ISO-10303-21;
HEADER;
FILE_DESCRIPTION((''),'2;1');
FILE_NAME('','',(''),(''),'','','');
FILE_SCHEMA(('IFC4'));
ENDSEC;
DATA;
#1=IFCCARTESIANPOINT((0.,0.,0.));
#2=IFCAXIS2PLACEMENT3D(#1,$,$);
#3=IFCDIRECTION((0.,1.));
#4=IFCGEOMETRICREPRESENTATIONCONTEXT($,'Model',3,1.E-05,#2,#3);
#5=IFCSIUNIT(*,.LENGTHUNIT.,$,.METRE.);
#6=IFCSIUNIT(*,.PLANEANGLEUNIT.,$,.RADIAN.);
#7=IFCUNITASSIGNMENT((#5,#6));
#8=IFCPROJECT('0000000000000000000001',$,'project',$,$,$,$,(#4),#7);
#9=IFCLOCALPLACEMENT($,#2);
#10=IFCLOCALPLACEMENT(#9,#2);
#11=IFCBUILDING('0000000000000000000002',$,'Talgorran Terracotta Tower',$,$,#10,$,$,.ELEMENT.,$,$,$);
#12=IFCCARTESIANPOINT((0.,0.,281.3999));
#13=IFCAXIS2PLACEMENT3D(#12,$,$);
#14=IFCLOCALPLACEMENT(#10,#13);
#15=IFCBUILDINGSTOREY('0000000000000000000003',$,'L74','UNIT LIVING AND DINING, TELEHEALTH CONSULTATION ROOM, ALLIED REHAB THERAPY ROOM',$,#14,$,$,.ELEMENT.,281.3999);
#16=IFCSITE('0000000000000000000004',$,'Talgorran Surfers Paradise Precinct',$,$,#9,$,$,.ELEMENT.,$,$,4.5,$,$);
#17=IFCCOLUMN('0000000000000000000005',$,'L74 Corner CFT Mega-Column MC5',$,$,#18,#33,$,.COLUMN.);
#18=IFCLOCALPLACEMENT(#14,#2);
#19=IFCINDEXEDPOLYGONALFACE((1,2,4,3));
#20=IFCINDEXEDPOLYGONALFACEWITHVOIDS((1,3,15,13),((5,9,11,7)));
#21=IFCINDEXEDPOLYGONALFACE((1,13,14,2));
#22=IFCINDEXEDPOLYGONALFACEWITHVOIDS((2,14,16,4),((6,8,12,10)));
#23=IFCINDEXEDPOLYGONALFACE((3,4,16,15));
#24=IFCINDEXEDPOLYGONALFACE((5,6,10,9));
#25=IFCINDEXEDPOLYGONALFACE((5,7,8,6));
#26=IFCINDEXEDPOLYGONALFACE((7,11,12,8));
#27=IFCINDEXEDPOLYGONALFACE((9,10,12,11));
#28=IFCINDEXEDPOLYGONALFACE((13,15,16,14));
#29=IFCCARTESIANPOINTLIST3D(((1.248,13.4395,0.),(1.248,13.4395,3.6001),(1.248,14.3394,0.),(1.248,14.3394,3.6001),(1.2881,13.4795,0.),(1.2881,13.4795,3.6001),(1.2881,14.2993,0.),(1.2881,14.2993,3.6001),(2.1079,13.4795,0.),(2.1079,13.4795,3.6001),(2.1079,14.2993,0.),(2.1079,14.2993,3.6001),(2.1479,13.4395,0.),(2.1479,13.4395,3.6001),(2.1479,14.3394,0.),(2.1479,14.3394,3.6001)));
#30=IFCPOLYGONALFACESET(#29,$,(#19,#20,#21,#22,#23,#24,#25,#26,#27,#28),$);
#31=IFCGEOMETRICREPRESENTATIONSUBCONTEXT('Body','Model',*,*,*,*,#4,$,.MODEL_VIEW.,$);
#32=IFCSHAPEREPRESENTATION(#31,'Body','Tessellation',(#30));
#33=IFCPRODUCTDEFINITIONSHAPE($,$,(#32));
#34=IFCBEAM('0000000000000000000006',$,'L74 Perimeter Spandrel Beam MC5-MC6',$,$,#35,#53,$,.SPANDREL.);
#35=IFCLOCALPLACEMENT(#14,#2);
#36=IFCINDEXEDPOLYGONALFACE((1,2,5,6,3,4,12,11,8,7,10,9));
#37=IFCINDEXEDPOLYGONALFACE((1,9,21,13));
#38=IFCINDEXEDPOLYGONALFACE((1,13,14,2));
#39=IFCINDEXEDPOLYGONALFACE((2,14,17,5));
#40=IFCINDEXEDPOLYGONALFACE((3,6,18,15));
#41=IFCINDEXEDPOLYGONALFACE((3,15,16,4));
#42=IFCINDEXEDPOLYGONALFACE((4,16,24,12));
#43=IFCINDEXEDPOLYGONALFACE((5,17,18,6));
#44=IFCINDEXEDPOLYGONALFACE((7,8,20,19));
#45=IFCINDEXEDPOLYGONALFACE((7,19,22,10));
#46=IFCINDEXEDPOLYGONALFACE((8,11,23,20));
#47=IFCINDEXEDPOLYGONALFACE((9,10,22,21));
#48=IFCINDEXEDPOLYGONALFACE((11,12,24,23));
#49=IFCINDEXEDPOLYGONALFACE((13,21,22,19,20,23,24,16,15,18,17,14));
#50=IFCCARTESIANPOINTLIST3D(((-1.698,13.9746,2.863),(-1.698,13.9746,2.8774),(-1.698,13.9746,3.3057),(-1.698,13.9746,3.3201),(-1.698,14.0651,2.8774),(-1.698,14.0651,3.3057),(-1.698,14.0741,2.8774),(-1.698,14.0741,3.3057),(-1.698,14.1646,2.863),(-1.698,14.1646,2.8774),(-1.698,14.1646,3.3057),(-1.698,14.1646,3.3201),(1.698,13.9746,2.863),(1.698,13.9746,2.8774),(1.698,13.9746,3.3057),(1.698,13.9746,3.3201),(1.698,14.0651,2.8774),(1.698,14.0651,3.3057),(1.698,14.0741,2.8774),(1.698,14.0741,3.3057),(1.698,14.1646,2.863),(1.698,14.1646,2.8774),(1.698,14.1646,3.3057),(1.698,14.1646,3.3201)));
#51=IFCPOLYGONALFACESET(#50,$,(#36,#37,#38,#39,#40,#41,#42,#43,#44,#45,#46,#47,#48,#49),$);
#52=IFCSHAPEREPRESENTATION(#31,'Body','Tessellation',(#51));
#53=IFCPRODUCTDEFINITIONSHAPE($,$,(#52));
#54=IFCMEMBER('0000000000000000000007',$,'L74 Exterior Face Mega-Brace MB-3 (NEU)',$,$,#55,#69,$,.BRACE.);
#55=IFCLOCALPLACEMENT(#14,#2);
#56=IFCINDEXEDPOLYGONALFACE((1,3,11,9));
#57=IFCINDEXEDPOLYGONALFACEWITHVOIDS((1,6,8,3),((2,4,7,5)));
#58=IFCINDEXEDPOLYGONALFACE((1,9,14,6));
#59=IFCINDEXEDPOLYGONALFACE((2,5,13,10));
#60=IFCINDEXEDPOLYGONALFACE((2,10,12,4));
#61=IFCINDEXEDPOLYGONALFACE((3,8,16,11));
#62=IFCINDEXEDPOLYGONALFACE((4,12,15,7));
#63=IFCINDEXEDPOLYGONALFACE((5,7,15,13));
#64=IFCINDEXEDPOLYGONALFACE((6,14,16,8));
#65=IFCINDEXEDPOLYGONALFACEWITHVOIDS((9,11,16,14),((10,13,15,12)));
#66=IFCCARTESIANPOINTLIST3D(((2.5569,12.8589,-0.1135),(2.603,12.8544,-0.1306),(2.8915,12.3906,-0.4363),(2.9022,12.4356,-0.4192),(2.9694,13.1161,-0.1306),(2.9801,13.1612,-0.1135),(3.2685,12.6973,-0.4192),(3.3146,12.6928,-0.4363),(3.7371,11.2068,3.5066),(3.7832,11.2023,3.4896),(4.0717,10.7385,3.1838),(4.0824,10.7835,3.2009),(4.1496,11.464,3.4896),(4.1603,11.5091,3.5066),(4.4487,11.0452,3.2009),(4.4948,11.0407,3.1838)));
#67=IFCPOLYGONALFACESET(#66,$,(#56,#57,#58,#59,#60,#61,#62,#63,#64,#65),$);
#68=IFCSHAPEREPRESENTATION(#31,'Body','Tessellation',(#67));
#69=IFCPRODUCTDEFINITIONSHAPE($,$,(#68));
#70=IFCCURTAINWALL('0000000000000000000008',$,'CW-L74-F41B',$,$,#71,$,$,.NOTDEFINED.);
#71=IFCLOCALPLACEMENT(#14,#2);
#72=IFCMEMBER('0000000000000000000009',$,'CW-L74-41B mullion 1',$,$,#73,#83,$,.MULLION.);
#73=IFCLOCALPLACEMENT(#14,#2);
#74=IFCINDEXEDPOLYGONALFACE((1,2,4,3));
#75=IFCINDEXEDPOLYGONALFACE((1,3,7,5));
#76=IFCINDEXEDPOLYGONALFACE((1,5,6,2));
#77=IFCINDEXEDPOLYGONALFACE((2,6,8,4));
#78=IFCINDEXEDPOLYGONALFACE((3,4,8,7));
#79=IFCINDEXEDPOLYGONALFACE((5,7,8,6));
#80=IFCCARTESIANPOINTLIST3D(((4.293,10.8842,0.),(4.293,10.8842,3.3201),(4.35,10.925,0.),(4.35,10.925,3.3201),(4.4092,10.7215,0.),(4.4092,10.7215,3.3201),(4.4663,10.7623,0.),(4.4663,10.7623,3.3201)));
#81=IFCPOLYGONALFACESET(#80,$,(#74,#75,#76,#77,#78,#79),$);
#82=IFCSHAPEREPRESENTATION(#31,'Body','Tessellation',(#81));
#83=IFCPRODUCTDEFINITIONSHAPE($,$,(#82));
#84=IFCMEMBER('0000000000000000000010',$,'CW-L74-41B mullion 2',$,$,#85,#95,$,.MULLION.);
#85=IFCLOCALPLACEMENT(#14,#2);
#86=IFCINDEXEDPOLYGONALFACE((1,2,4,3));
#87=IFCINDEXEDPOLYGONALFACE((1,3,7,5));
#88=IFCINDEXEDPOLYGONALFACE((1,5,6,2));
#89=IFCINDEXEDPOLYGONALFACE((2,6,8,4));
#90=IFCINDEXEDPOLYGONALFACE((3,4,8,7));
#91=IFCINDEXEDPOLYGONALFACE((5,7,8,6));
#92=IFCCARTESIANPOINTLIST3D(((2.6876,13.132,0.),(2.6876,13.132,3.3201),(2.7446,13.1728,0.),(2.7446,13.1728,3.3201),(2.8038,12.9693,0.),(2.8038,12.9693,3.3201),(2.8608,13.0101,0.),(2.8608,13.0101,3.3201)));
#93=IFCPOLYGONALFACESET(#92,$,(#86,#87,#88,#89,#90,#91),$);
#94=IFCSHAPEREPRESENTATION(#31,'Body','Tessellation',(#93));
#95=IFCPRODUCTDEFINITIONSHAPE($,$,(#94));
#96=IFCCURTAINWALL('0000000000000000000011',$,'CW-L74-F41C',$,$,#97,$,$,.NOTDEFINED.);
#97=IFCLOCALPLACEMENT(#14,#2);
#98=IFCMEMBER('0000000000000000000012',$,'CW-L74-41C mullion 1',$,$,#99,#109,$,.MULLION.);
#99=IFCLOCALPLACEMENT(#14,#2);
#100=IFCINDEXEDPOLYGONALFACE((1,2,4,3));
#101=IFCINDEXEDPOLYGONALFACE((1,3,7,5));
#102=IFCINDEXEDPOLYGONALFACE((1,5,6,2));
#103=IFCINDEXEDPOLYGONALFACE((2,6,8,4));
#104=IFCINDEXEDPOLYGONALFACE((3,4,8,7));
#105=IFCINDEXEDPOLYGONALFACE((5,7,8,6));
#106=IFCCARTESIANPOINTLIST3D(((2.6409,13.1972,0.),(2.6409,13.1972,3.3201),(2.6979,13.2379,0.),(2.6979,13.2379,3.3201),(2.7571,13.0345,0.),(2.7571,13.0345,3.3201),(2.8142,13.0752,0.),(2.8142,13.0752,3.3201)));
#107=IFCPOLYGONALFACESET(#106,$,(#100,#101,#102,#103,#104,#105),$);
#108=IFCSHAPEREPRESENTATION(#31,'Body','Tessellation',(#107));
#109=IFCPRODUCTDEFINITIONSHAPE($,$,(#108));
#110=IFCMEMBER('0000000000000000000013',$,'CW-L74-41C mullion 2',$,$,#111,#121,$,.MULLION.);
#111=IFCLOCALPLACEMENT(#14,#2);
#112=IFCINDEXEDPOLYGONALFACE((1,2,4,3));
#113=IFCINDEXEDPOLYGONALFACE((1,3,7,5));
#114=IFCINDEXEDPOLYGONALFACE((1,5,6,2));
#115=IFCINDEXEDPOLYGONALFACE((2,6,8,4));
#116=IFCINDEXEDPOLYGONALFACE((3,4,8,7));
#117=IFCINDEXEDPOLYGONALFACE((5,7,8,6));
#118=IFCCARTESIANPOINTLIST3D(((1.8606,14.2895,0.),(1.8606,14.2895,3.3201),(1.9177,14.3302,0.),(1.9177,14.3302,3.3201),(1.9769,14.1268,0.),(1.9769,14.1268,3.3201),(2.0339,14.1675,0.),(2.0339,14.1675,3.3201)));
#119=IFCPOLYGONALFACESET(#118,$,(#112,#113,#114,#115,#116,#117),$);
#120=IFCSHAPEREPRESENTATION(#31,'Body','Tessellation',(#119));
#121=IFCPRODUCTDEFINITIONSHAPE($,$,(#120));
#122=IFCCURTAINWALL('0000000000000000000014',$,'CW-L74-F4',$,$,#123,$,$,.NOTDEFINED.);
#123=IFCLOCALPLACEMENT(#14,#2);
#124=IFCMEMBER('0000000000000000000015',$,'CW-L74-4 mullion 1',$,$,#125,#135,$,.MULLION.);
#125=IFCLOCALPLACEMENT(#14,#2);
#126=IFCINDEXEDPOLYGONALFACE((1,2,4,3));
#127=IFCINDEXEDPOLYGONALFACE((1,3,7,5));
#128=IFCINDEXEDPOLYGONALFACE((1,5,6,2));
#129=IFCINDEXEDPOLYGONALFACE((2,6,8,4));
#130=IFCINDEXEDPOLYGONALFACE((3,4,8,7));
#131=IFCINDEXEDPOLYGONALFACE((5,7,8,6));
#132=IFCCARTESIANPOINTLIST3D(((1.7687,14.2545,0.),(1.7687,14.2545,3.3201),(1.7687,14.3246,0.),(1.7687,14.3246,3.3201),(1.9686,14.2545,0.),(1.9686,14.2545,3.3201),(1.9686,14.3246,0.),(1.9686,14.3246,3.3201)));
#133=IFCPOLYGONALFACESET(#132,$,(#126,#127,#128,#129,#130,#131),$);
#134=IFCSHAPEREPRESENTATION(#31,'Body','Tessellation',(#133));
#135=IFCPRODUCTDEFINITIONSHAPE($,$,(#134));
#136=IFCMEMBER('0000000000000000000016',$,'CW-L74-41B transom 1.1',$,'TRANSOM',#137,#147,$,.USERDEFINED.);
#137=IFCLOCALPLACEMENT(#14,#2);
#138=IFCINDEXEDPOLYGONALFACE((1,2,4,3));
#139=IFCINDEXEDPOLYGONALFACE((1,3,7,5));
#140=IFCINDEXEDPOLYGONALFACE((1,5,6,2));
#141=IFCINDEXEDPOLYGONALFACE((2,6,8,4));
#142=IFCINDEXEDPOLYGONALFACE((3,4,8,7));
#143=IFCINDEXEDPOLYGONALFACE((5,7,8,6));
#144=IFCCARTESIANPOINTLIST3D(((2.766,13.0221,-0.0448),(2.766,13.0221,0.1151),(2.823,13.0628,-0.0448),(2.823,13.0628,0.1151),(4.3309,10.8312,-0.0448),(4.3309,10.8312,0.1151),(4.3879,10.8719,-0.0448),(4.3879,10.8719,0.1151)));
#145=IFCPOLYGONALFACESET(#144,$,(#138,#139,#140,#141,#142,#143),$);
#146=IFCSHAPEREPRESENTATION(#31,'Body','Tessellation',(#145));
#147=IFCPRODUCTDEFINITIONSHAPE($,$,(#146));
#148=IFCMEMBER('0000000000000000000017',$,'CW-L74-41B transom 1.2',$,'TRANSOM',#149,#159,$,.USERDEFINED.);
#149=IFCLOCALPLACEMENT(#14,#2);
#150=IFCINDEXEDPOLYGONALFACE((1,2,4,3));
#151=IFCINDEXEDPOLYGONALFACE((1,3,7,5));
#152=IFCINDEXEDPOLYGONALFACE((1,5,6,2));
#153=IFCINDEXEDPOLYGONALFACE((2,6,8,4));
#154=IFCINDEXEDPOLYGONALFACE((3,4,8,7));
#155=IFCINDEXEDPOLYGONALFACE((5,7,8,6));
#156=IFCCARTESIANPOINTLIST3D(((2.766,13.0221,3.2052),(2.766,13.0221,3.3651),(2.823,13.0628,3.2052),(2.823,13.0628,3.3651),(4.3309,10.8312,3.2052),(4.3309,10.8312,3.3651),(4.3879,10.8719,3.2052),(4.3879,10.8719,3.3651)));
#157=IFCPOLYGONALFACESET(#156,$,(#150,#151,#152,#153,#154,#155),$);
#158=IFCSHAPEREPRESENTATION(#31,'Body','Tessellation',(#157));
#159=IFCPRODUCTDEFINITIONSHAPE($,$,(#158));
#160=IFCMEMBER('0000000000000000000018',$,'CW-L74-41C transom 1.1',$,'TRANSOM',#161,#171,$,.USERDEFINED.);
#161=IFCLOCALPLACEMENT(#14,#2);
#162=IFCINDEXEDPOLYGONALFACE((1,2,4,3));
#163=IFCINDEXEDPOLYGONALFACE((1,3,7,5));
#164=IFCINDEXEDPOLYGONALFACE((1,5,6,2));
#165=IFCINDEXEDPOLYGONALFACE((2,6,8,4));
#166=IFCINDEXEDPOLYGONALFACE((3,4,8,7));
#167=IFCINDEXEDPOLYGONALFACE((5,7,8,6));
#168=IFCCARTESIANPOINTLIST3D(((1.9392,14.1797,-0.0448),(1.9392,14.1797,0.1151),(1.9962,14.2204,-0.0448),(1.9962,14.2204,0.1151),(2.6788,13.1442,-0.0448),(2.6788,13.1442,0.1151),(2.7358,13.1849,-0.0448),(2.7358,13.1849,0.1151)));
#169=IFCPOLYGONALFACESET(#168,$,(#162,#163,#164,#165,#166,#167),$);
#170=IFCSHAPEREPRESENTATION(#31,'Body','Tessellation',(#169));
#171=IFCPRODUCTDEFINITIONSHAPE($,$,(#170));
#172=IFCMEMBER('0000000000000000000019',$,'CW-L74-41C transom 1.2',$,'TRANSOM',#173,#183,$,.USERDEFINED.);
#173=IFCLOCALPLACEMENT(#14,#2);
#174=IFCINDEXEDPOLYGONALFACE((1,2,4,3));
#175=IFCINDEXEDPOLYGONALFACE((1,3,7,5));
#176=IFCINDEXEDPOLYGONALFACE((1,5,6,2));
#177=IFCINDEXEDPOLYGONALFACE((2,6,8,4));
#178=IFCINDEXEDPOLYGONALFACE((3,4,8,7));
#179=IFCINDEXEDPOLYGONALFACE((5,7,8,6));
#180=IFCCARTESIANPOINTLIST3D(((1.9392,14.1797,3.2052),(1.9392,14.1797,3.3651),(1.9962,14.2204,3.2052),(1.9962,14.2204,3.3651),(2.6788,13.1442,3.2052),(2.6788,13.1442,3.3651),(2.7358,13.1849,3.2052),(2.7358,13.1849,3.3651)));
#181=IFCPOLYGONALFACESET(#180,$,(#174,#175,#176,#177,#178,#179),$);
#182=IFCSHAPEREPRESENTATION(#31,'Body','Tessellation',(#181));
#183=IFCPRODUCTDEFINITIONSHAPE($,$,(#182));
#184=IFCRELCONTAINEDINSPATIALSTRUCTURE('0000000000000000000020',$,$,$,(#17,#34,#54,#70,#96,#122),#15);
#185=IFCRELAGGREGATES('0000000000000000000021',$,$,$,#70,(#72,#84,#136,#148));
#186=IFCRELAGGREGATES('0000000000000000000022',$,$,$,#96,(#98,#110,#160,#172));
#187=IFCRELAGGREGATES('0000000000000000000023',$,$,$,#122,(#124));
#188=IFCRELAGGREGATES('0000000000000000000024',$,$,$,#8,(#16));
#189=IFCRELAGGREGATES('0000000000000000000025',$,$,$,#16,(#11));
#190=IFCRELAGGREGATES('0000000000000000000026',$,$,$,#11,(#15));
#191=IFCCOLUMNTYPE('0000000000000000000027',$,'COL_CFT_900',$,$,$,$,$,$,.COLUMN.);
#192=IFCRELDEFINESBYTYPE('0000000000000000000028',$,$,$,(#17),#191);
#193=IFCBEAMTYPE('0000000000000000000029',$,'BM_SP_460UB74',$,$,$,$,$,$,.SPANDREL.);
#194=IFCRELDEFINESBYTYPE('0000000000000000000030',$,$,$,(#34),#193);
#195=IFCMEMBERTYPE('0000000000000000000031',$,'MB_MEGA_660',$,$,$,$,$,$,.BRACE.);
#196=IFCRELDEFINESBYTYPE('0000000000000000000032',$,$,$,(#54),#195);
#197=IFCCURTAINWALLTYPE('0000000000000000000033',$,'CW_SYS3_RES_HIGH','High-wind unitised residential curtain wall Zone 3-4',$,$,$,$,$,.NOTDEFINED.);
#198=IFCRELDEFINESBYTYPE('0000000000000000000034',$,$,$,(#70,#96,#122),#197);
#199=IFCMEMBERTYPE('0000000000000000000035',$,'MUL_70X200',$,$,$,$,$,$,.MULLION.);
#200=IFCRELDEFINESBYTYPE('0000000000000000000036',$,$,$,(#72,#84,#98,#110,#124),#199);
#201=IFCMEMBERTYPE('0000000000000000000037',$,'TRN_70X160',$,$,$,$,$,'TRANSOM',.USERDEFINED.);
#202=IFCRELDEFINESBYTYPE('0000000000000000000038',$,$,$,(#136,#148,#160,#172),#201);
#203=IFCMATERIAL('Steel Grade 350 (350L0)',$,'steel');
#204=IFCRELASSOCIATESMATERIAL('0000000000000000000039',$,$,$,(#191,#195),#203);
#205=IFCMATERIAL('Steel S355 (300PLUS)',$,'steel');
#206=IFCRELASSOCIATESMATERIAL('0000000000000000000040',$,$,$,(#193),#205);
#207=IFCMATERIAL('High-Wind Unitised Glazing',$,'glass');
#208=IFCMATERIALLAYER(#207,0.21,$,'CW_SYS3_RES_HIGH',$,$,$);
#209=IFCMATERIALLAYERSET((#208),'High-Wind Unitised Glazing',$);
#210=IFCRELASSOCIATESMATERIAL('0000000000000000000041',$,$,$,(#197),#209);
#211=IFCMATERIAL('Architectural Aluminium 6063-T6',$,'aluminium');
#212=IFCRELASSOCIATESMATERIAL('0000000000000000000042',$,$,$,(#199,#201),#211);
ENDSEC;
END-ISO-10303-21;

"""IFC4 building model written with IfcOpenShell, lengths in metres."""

from ifc_helpers import new_model, si_unit, direction, frame, origin, origin_2d, place, context, subcontext, project, spatial, rectangle, hollow_rectangle, i_section, extrude, material, layer, layer_set, material_profile, profile_set, type_object, element, aggregate, save


model = new_model("IFC4")

# Units and contexts
model_context = context("Model", 3, precision=1e-05, world=origin(), true_north=direction((0.0, 1.0)))
body_context = subcontext(model_context, "Body", "Model", "MODEL_VIEW")
ifc_project = project(units=[si_unit("LENGTHUNIT", "METRE"), si_unit("PLANEANGLEUNIT", "RADIAN")], contexts=[model_context])

# Site, building, storey
site_placement = place(None, origin())
site = spatial("IfcSite", under=ifc_project, at=site_placement, Name="Talgorran Surfers Paradise Precinct", CompositionType="ELEMENT", RefElevation=4.5)
building_placement = place(site_placement, origin())
building = spatial("IfcBuilding", under=site, at=building_placement, Name="Talgorran Terracotta Tower", CompositionType="ELEMENT")
storey_placement = place(building_placement, frame((0.0, 0.0, 281.3999)))
storey = spatial("IfcBuildingStorey", under=building, at=storey_placement, Name="L74", Description="UNIT LIVING AND DINING, TELEHEALTH CONSULTATION ROOM, ALLIED REHAB THERAPY ROOM", CompositionType="ELEMENT", Elevation=281.3999)

# Column
ifc_material_1 = material(Name="Steel Grade 350 (350L0)", Category="steel")
ifc_material_profile_1 = material_profile(ifc_material_1, hollow_rectangle(XDim=0.8999, YDim=0.8999, WallThickness=0.04, at=origin_2d()), Name="CFT900X900X40")
ifc_profile_set_1 = profile_set([ifc_material_profile_1], Name="Steel Grade 350 (350L0)")
column_type = type_object("IfcColumnType", Name="COL_CFT_900", PredefinedType="COLUMN", material=ifc_profile_set_1)
column_placement = place(storey_placement, frame((1.698, 13.8894, 0.0), z_axis=(0.0, 0.0, 1.0), x_axis=(1.0, 0.0, 0.0)))
element("IfcColumn", 1, at=column_placement, inside=storey, type_object=column_type, Name="L74 Corner CFT Mega-Column MC5", PredefinedType="COLUMN", context=body_context, shape_type="SweptSolid", body=[
    extrude(hollow_rectangle(XDim=0.8999, YDim=0.8999, WallThickness=0.04, at=origin_2d()), origin(), (0.0, 0.0, 1.0), 3.6001),
])

# Beam
ifc_material_2 = material(Name="Steel S355 (300PLUS)", Category="steel")
ifc_material_profile_2 = material_profile(ifc_material_2, i_section(OverallWidth=0.1899, OverallDepth=0.457, WebThickness=0.009, FlangeThickness=0.0144, at=origin_2d()), Name="460UB74.6")
ifc_profile_set_2 = profile_set([ifc_material_profile_2], Name="Steel S355 (300PLUS)")
beam_type = type_object("IfcBeamType", Name="BM_SP_460UB74", PredefinedType="SPANDREL", material=ifc_profile_set_2)
beam_placement = place(storey_placement, frame((1.698, 14.0696, 3.0916), z_axis=(-1.0, 0.0, 0.0), x_axis=(0.0, -1.0, 0.0)))
element("IfcBeam", 2, at=beam_placement, inside=storey, type_object=beam_type, Name="L74 Perimeter Spandrel Beam MC5-MC6", PredefinedType="SPANDREL", context=body_context, shape_type="SweptSolid", body=[
    extrude(i_section(OverallWidth=0.1899, OverallDepth=0.457, WebThickness=0.009, FlangeThickness=0.0144, at=origin_2d()), origin(), (0.0, 0.0, 1.0), 3.396),
])

# Member
ifc_material_profile_3 = material_profile(ifc_material_1, hollow_rectangle(XDim=0.52, YDim=0.6599, WallThickness=0.0349, at=origin_2d()), Name="WBOX660X520X35")
ifc_profile_set_3 = profile_set([ifc_material_profile_3], Name="Steel Grade 350 (350L0)")
member_type_1 = type_object("IfcMemberType", Name="MB_MEGA_660", PredefinedType="BRACE", material=ifc_profile_set_3)
member_1_placement = place(storey_placement, frame((2.9358, 12.7759, -0.2749), z_axis=(0.284338, -0.398039, 0.872191), x_axis=(0.813709, 0.581272, 0.0)))
element("IfcMember", 3, at=member_1_placement, inside=storey, type_object=member_type_1, Name="L74 Exterior Face Mega-Brace MB-3 (NEU)", PredefinedType="BRACE", context=body_context, shape_type="SweptSolid", body=[
    extrude(hollow_rectangle(XDim=0.52, YDim=0.6599, WallThickness=0.0349, at=origin_2d()), origin(), (0.0, 0.0, 1.0), 4.1506),
])

# Curtain walls, members
ifc_material_3 = material(Name="High-Wind Unitised Glazing", Category="glass")
ifc_layer_1 = layer(ifc_material_3, 0.21, Name="CW_SYS3_RES_HIGH")
ifc_layer_set_1 = layer_set([ifc_layer_1], Name="High-Wind Unitised Glazing")
curtain_wall_type = type_object("IfcCurtainWallType", Name="CW_SYS3_RES_HIGH", Description="High-wind unitised residential curtain wall Zone 3-4", PredefinedType="NOTDEFINED", material=ifc_layer_set_1)
curtain_wall_1_placement = place(storey_placement, origin())
curtain_wall_1 = element("IfcCurtainWall", 4, at=curtain_wall_1_placement, inside=storey, type_object=curtain_wall_type, Name="CW-L74-F41B", PredefinedType="NOTDEFINED")
ifc_material_4 = material(Name="Architectural Aluminium 6063-T6", Category="aluminium")
ifc_material_profile_4 = material_profile(ifc_material_4, rectangle(XDim=0.0701, YDim=0.2, at=origin_2d()), Name="CWM70X200")
ifc_profile_set_4 = profile_set([ifc_material_profile_4], Name="Architectural Aluminium 6063-T6")
member_type_2 = type_object("IfcMemberType", Name="MUL_70X200", PredefinedType="MULLION", material=ifc_profile_set_4)
member_2_placement = place(storey_placement, frame((4.3796, 10.8232, 0.0), z_axis=(0.0, 0.0, 1.0), x_axis=(-0.813731, -0.581242, 0.0)))
member_2 = element("IfcMember", 5, at=member_2_placement, type_object=member_type_2, Name="CW-L74-41B mullion 1", PredefinedType="MULLION", context=body_context, shape_type="SweptSolid", body=[
    extrude(rectangle(XDim=0.0701, YDim=0.2, at=origin_2d()), origin(), (0.0, 0.0, 1.0), 3.3201),
])
member_3_placement = place(storey_placement, frame((2.7742, 13.071, 0.0), z_axis=(0.0, 0.0, 1.0), x_axis=(-0.813731, -0.581242, 0.0)))
member_3 = element("IfcMember", 6, at=member_3_placement, type_object=member_type_2, Name="CW-L74-41B mullion 2", PredefinedType="MULLION", context=body_context, shape_type="SweptSolid", body=[
    extrude(rectangle(XDim=0.0701, YDim=0.2, at=origin_2d()), origin(), (0.0, 0.0, 1.0), 3.3201),
])
curtain_wall_2_placement = place(storey_placement, origin())
curtain_wall_2 = element("IfcCurtainWall", 7, at=curtain_wall_2_placement, inside=storey, type_object=curtain_wall_type, Name="CW-L74-F41C", PredefinedType="NOTDEFINED")
member_4_placement = place(storey_placement, frame((2.7275, 13.1362, 0.0), z_axis=(0.0, 0.0, 1.0), x_axis=(-0.81371, -0.581272, 0.0)))
member_4 = element("IfcMember", 8, at=member_4_placement, type_object=member_type_2, Name="CW-L74-41C mullion 1", PredefinedType="MULLION", context=body_context, shape_type="SweptSolid", body=[
    extrude(rectangle(XDim=0.0701, YDim=0.2, at=origin_2d()), origin(), (0.0, 0.0, 1.0), 3.3201),
])
member_5_placement = place(storey_placement, frame((1.9473, 14.2285, 0.0), z_axis=(0.0, 0.0, 1.0), x_axis=(-0.81371, -0.581272, 0.0)))
member_5 = element("IfcMember", 9, at=member_5_placement, type_object=member_type_2, Name="CW-L74-41C mullion 2", PredefinedType="MULLION", context=body_context, shape_type="SweptSolid", body=[
    extrude(rectangle(XDim=0.0701, YDim=0.2, at=origin_2d()), origin(), (0.0, 0.0, 1.0), 3.3201),
])

# Curtain wall, member
curtain_wall_3_placement = place(storey_placement, origin())
curtain_wall_3 = element("IfcCurtainWall", 10, at=curtain_wall_3_placement, inside=storey, type_object=curtain_wall_type, Name="CW-L74-F4", PredefinedType="NOTDEFINED")
member_6_placement = place(storey_placement, frame((1.8687, 14.2896, 0.0), z_axis=(0.0, 0.0, 1.0), x_axis=(0.0, -1.0, 0.0)))
member_6 = element("IfcMember", 11, at=member_6_placement, type_object=member_type_2, Name="CW-L74-4 mullion 1", PredefinedType="MULLION", context=body_context, shape_type="SweptSolid", body=[
    extrude(rectangle(XDim=0.0701, YDim=0.2, at=origin_2d()), origin(), (0.0, 0.0, 1.0), 3.3201),
])

# Members
ifc_material_profile_5 = material_profile(ifc_material_4, rectangle(XDim=0.0701, YDim=0.1599, at=origin_2d()), Name="CWT70X160")
ifc_profile_set_5 = profile_set([ifc_material_profile_5], Name="Architectural Aluminium 6063-T6")
member_type_3 = type_object("IfcMemberType", Name="TRN_70X160", ElementType="TRANSOM", PredefinedType="USERDEFINED", material=ifc_profile_set_5)
member_7_placement = place(storey_placement, frame((4.3594, 10.8516, 0.0352), z_axis=(-0.581238, 0.813733, 0.0), x_axis=(-0.813733, -0.581238, 0.0)))
member_7 = element("IfcMember", 12, at=member_7_placement, type_object=member_type_3, Name="CW-L74-41B transom 1.1", ObjectType="TRANSOM", PredefinedType="USERDEFINED", context=body_context, shape_type="SweptSolid", body=[
    extrude(rectangle(XDim=0.0701, YDim=0.1599, at=origin_2d()), origin(), (0.0, 0.0, 1.0), 2.6924),
])
member_8_placement = place(storey_placement, frame((4.3594, 10.8516, 3.2852), z_axis=(-0.581238, 0.813733, 0.0), x_axis=(-0.813733, -0.581238, 0.0)))
member_8 = element("IfcMember", 13, at=member_8_placement, type_object=member_type_3, Name="CW-L74-41B transom 1.2", ObjectType="TRANSOM", PredefinedType="USERDEFINED", context=body_context, shape_type="SweptSolid", body=[
    extrude(rectangle(XDim=0.0701, YDim=0.1599, at=origin_2d()), origin(), (0.0, 0.0, 1.0), 2.6924),
])
member_9_placement = place(storey_placement, frame((2.7073, 13.1646, 0.0352), z_axis=(-0.581202, 0.813759, 0.0), x_axis=(-0.813759, -0.581202, 0.0)))
member_9 = element("IfcMember", 14, at=member_9_placement, type_object=member_type_3, Name="CW-L74-41C transom 1.1", ObjectType="TRANSOM", PredefinedType="USERDEFINED", context=body_context, shape_type="SweptSolid", body=[
    extrude(rectangle(XDim=0.0701, YDim=0.1599, at=origin_2d()), origin(), (0.0, 0.0, 1.0), 1.2725),
])
member_10_placement = place(storey_placement, frame((2.7073, 13.1646, 3.2852), z_axis=(-0.581202, 0.813759, 0.0), x_axis=(-0.813759, -0.581202, 0.0)))
member_10 = element("IfcMember", 15, at=member_10_placement, type_object=member_type_3, Name="CW-L74-41C transom 1.2", ObjectType="TRANSOM", PredefinedType="USERDEFINED", context=body_context, shape_type="SweptSolid", body=[
    extrude(rectangle(XDim=0.0701, YDim=0.1599, at=origin_2d()), origin(), (0.0, 0.0, 1.0), 1.2725),
])

aggregate(curtain_wall_1, [member_2, member_3, member_7, member_8])
aggregate(curtain_wall_2, [member_4, member_5, member_9, member_10])
aggregate(curtain_wall_3, [member_6])

save(model, "model.ifc")
